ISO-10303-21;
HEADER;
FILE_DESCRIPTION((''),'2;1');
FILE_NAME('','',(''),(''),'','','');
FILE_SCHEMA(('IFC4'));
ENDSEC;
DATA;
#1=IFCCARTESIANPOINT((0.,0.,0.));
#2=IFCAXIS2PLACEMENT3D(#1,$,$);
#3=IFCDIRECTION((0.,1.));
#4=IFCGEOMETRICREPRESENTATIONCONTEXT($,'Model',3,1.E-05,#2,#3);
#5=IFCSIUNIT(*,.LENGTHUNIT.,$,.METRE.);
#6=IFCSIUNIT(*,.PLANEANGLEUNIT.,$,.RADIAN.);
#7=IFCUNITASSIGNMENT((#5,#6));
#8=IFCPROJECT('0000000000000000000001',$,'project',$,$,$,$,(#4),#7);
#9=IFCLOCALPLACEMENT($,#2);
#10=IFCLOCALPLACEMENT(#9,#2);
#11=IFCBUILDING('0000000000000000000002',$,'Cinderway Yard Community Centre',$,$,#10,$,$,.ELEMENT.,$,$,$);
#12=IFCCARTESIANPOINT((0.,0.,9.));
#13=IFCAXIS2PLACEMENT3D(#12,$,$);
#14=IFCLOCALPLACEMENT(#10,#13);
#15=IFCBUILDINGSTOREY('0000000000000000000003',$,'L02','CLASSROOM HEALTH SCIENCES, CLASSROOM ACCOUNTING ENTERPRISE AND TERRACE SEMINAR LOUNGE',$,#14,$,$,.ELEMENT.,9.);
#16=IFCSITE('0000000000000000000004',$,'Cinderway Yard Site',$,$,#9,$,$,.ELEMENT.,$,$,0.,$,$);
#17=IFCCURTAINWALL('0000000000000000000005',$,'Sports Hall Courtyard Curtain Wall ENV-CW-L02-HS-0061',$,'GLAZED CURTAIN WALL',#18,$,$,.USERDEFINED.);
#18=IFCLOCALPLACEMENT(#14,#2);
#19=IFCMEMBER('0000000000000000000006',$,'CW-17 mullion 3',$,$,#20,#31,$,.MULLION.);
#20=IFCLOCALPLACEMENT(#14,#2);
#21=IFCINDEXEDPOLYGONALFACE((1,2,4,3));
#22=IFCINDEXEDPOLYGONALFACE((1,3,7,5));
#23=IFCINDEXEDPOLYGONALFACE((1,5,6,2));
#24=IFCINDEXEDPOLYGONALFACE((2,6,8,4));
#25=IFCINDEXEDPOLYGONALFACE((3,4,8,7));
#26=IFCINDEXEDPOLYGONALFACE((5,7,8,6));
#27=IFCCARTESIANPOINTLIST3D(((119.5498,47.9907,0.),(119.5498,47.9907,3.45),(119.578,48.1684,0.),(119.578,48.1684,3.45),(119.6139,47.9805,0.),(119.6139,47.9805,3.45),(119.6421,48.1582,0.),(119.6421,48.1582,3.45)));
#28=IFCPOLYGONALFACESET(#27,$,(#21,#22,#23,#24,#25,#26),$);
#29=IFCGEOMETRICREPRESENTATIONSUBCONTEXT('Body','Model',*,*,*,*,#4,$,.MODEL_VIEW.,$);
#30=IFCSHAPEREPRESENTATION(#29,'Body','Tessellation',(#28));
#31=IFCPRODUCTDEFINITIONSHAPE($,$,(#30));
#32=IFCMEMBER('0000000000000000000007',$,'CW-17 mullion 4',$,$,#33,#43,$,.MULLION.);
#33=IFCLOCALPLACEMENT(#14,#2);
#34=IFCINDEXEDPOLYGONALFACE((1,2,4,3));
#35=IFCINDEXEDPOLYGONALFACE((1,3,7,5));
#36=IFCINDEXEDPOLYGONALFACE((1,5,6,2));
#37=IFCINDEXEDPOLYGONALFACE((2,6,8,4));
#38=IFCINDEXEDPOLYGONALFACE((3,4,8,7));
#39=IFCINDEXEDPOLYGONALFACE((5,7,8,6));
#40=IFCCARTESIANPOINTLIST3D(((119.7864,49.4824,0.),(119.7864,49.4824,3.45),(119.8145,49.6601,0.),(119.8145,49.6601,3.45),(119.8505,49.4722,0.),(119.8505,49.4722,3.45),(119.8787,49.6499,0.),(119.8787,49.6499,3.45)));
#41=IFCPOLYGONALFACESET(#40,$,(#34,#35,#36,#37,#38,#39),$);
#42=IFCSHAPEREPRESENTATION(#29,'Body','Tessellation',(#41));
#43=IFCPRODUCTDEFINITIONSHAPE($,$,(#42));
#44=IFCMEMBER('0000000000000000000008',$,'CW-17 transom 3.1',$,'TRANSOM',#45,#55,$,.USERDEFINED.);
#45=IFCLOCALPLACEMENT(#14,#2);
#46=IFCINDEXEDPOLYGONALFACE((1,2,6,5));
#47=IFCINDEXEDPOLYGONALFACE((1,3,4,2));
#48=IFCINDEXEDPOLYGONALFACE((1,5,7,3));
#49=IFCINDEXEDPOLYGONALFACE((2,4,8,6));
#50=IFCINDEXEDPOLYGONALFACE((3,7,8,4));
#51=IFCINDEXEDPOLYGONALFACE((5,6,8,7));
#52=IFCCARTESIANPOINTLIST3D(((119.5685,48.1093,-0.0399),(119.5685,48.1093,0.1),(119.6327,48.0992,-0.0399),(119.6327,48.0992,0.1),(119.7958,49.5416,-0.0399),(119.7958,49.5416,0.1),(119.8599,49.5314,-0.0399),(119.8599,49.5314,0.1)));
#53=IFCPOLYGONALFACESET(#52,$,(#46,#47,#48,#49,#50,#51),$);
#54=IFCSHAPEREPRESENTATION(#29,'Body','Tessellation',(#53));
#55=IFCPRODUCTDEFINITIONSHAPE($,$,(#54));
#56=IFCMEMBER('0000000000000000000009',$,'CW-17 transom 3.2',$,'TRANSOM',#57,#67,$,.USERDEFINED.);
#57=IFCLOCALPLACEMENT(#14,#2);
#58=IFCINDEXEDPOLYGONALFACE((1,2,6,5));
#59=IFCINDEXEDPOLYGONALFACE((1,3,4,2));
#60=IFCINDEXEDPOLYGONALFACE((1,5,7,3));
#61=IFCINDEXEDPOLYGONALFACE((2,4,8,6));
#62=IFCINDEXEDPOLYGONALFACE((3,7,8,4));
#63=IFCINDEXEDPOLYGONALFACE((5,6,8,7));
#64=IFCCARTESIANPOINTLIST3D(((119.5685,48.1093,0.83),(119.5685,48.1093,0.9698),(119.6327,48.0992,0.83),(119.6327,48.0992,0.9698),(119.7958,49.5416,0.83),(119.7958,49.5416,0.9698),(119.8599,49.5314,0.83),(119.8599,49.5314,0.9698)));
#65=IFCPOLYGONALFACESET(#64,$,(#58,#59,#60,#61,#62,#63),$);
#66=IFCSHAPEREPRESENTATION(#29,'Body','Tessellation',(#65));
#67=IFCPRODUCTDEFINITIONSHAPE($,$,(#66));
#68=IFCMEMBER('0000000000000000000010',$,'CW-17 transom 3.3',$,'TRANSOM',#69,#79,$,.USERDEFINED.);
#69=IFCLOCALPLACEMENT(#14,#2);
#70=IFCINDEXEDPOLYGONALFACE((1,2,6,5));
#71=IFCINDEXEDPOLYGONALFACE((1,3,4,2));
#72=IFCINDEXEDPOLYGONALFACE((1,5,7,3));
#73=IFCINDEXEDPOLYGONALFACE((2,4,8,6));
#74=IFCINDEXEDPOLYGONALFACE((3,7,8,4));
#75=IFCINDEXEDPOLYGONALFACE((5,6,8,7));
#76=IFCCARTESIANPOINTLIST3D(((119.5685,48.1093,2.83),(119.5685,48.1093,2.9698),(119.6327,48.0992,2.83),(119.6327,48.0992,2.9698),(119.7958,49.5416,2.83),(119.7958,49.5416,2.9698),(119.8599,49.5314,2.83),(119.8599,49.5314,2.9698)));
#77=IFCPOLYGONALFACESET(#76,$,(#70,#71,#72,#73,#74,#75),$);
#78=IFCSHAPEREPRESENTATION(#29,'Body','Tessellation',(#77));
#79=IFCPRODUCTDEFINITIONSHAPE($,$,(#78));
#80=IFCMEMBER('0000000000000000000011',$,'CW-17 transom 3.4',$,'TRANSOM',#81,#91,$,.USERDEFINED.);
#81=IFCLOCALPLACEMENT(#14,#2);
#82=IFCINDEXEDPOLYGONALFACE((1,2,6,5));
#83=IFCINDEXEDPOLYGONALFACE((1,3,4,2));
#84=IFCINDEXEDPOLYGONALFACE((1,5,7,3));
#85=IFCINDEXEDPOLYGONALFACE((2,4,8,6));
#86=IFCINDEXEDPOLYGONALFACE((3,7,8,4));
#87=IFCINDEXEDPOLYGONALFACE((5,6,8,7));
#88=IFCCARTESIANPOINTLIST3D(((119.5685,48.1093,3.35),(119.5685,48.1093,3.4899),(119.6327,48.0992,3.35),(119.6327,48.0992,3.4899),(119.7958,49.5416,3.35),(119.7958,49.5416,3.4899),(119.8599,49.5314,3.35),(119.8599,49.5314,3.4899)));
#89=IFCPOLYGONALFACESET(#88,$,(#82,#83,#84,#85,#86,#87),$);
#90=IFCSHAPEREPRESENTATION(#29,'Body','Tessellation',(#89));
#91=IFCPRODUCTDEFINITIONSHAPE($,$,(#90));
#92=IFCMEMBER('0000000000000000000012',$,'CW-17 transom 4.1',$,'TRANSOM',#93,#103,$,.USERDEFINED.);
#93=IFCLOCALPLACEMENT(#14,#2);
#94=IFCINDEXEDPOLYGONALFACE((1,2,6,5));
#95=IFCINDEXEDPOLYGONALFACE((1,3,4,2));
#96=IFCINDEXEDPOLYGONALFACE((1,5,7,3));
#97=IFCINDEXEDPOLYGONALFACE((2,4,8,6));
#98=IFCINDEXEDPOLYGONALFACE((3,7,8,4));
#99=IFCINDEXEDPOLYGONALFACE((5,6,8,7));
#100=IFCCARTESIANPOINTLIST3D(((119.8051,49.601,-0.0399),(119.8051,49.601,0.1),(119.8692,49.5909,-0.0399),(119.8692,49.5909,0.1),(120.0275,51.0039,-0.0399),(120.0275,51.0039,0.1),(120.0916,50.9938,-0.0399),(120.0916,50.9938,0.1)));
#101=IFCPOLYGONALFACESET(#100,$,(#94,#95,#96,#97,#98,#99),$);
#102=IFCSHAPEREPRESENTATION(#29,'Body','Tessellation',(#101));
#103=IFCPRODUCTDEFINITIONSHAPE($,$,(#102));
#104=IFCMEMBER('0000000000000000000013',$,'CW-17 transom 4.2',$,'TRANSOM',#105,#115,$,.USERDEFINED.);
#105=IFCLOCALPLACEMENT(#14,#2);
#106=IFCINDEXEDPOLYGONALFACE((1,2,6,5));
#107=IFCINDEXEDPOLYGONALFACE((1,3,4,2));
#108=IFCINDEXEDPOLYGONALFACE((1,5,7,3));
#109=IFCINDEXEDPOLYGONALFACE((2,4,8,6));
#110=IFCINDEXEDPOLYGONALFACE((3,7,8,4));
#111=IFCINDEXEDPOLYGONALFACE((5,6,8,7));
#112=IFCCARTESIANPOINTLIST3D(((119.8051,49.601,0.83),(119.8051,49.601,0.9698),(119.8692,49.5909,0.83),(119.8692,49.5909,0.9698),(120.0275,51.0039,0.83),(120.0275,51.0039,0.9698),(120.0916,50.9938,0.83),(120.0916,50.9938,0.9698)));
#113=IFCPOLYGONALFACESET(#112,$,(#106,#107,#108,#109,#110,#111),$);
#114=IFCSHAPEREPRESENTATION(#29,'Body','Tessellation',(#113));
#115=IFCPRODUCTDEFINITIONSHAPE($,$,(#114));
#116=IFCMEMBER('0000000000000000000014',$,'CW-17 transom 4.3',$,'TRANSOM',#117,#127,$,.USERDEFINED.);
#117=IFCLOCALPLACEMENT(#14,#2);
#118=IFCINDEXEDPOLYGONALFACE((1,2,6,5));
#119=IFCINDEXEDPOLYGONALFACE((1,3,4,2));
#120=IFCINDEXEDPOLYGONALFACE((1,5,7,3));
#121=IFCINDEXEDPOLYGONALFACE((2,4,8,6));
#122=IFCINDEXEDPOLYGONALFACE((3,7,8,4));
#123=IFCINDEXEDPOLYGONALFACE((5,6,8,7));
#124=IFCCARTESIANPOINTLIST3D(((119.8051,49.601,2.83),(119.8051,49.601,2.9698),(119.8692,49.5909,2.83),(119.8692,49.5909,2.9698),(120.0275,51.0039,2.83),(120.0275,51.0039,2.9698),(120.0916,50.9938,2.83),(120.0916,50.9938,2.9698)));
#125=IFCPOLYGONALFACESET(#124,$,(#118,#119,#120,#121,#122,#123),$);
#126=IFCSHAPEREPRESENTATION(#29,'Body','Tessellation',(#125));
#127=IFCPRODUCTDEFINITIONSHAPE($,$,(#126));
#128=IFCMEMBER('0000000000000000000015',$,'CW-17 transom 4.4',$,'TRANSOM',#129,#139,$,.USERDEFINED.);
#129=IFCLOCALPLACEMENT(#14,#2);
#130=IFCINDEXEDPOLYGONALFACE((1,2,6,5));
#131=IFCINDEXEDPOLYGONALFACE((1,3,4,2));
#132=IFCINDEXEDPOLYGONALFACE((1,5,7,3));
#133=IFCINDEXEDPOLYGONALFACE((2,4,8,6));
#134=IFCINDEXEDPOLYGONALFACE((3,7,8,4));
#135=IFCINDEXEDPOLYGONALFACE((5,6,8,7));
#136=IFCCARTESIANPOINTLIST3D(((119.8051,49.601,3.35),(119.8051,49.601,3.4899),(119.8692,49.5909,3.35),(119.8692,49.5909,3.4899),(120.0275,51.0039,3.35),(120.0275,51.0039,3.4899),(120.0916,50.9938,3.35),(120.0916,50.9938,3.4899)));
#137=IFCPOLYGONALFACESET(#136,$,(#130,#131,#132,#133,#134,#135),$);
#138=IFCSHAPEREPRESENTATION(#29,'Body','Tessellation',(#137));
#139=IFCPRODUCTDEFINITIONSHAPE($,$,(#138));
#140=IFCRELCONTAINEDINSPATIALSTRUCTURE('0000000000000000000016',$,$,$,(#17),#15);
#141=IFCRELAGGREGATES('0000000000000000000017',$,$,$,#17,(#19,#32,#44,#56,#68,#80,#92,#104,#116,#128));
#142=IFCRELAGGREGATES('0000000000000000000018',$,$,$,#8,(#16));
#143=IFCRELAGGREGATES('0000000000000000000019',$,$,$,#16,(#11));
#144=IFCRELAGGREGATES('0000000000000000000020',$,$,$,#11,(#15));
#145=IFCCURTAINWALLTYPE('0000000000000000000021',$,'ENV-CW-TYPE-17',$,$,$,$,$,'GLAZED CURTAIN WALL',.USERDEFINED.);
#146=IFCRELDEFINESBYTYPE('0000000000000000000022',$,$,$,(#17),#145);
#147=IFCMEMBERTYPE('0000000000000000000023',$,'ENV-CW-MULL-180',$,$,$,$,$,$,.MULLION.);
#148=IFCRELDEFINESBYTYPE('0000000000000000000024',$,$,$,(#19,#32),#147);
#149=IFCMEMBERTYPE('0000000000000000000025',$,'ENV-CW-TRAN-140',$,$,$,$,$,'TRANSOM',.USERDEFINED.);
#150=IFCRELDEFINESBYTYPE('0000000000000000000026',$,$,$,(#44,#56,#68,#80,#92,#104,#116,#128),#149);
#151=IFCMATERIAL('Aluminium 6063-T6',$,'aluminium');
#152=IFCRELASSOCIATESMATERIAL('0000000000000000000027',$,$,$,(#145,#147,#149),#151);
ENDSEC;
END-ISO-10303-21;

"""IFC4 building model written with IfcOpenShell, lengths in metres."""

from ifc_helpers import new_model, si_unit, direction, frame, origin, origin_2d, place, context, subcontext, project, spatial, rectangle, extrude, material, material_profile, profile_set, type_object, element, aggregate, save


model = new_model("IFC4")

# Units and contexts
model_context = context("Model", 3, precision=1e-05, world=origin(), true_north=direction((0.0, 1.0)))
body_context = subcontext(model_context, "Body", "Model", "MODEL_VIEW")
ifc_project = project(units=[si_unit("LENGTHUNIT", "METRE"), si_unit("PLANEANGLEUNIT", "RADIAN")], contexts=[model_context])

# Site, building, storey
site_placement = place(None, origin())
site = spatial("IfcSite", under=ifc_project, at=site_placement, Name="Cinderway Yard Site", CompositionType="ELEMENT", RefElevation=0.0)
building_placement = place(site_placement, origin())
building = spatial("IfcBuilding", under=site, at=building_placement, Name="Cinderway Yard Community Centre", CompositionType="ELEMENT")
storey_placement = place(building_placement, frame((0.0, 0.0, 9.0)))
storey = spatial("IfcBuildingStorey", under=building, at=storey_placement, Name="L02", Description="CLASSROOM HEALTH SCIENCES, CLASSROOM ACCOUNTING ENTERPRISE AND TERRACE SEMINAR LOUNGE", CompositionType="ELEMENT", Elevation=9.0)

# Curtain wall, members
ifc_material_1 = material(Name="Aluminium 6063-T6", Category="aluminium")
curtain_wall_type = type_object("IfcCurtainWallType", Name="ENV-CW-TYPE-17", ElementType="GLAZED CURTAIN WALL", PredefinedType="USERDEFINED", material=ifc_material_1)
curtain_wall_placement = place(storey_placement, origin())
curtain_wall = element("IfcCurtainWall", 1, at=curtain_wall_placement, inside=storey, type_object=curtain_wall_type, Name="Sports Hall Courtyard Curtain Wall ENV-CW-L02-HS-0061", ObjectType="GLAZED CURTAIN WALL", PredefinedType="USERDEFINED")
ifc_material_profile_1 = material_profile(ifc_material_1, rectangle(XDim=0.0649, YDim=0.1799, at=origin_2d()), Name="Aluminium 6063-T6")
ifc_profile_set_1 = profile_set([ifc_material_profile_1], Name="Aluminium 6063-T6")
member_type_1 = type_object("IfcMemberType", Name="ENV-CW-MULL-180", PredefinedType="MULLION", material=ifc_profile_set_1)
member_1_placement = place(storey_placement, frame((119.5959, 48.0745, 0.0), z_axis=(0.0, 0.0, 1.0), x_axis=(-0.987665, 0.156583, 0.0)))
member_1 = element("IfcMember", 2, at=member_1_placement, type_object=member_type_1, Name="CW-17 mullion 3", PredefinedType="MULLION", context=body_context, shape_type="SweptSolid", body=[
    extrude(rectangle(XDim=0.0649, YDim=0.1799, at=origin_2d()), origin(), (0.0, 0.0, 1.0), 3.45),
])
member_2_placement = place(storey_placement, frame((119.8325, 49.5662, 0.0), z_axis=(0.0, 0.0, 1.0), x_axis=(-0.987665, 0.156583, 0.0)))
member_2 = element("IfcMember", 3, at=member_2_placement, type_object=member_type_1, Name="CW-17 mullion 4", PredefinedType="MULLION", context=body_context, shape_type="SweptSolid", body=[
    extrude(rectangle(XDim=0.0649, YDim=0.1799, at=origin_2d()), origin(), (0.0, 0.0, 1.0), 3.45),
])
ifc_material_profile_2 = material_profile(ifc_material_1, rectangle(XDim=0.0649, YDim=0.1399, at=origin_2d()), Name="Aluminium 6063-T6")
ifc_profile_set_2 = profile_set([ifc_material_profile_2], Name="Aluminium 6063-T6")
member_type_2 = type_object("IfcMemberType", Name="ENV-CW-TRAN-140", ElementType="TRANSOM", PredefinedType="USERDEFINED", material=ifc_profile_set_2)
member_3_placement = place(storey_placement, frame((119.6006, 48.1042, 0.03), z_axis=(0.156723, 0.987643, 0.0), x_axis=(-0.987643, 0.156723, 0.0)))
member_3 = element("IfcMember", 4, at=member_3_placement, type_object=member_type_2, Name="CW-17 transom 3.1", ObjectType="TRANSOM", PredefinedType="USERDEFINED", context=body_context, shape_type="SweptSolid", body=[
    extrude(rectangle(XDim=0.0649, YDim=0.1399, at=origin_2d()), origin(), (0.0, 0.0, 1.0), 1.4502),
])
member_4_placement = place(storey_placement, frame((119.6006, 48.1042, 0.8999), z_axis=(0.156723, 0.987643, 0.0), x_axis=(-0.987643, 0.156723, 0.0)))
member_4 = element("IfcMember", 5, at=member_4_placement, type_object=member_type_2, Name="CW-17 transom 3.2", ObjectType="TRANSOM", PredefinedType="USERDEFINED", context=body_context, shape_type="SweptSolid", body=[
    extrude(rectangle(XDim=0.0649, YDim=0.1399, at=origin_2d()), origin(), (0.0, 0.0, 1.0), 1.4502),
])
member_5_placement = place(storey_placement, frame((119.6006, 48.1042, 2.8999), z_axis=(0.156723, 0.987643, 0.0), x_axis=(-0.987643, 0.156723, 0.0)))
member_5 = element("IfcMember", 6, at=member_5_placement, type_object=member_type_2, Name="CW-17 transom 3.3", ObjectType="TRANSOM", PredefinedType="USERDEFINED", context=body_context, shape_type="SweptSolid", body=[
    extrude(rectangle(XDim=0.0649, YDim=0.1399, at=origin_2d()), origin(), (0.0, 0.0, 1.0), 1.4502),
])
member_6_placement = place(storey_placement, frame((119.6006, 48.1042, 3.4199), z_axis=(0.156723, 0.987643, 0.0), x_axis=(-0.987643, 0.156723, 0.0)))
member_6 = element("IfcMember", 7, at=member_6_placement, type_object=member_type_2, Name="CW-17 transom 3.4", ObjectType="TRANSOM", PredefinedType="USERDEFINED", context=body_context, shape_type="SweptSolid", body=[
    extrude(rectangle(XDim=0.0649, YDim=0.1399, at=origin_2d()), origin(), (0.0, 0.0, 1.0), 1.4502),
])
member_7_placement = place(storey_placement, frame((119.8372, 49.5959, 0.03), z_axis=(0.156589, 0.987664, 0.0), x_axis=(-0.987664, 0.156589, 0.0)))
member_7 = element("IfcMember", 8, at=member_7_placement, type_object=member_type_2, Name="CW-17 transom 4.1", ObjectType="TRANSOM", PredefinedType="USERDEFINED", context=body_context, shape_type="SweptSolid", body=[
    extrude(rectangle(XDim=0.0649, YDim=0.1399, at=origin_2d()), origin(), (0.0, 0.0, 1.0), 1.4204),
])
member_8_placement = place(storey_placement, frame((119.8372, 49.5959, 0.8999), z_axis=(0.156589, 0.987664, 0.0), x_axis=(-0.987664, 0.156589, 0.0)))
member_8 = element("IfcMember", 9, at=member_8_placement, type_object=member_type_2, Name="CW-17 transom 4.2", ObjectType="TRANSOM", PredefinedType="USERDEFINED", context=body_context, shape_type="SweptSolid", body=[
    extrude(rectangle(XDim=0.0649, YDim=0.1399, at=origin_2d()), origin(), (0.0, 0.0, 1.0), 1.4204),
])
member_9_placement = place(storey_placement, frame((119.8372, 49.5959, 2.8999), z_axis=(0.156589, 0.987664, 0.0), x_axis=(-0.987664, 0.156589, 0.0)))
member_9 = element("IfcMember", 10, at=member_9_placement, type_object=member_type_2, Name="CW-17 transom 4.3", ObjectType="TRANSOM", PredefinedType="USERDEFINED", context=body_context, shape_type="SweptSolid", body=[
    extrude(rectangle(XDim=0.0649, YDim=0.1399, at=origin_2d()), origin(), (0.0, 0.0, 1.0), 1.4204),
])
member_10_placement = place(storey_placement, frame((119.8372, 49.5959, 3.4199), z_axis=(0.156589, 0.987664, 0.0), x_axis=(-0.987664, 0.156589, 0.0)))
member_10 = element("IfcMember", 11, at=member_10_placement, type_object=member_type_2, Name="CW-17 transom 4.4", ObjectType="TRANSOM", PredefinedType="USERDEFINED", context=body_context, shape_type="SweptSolid", body=[
    extrude(rectangle(XDim=0.0649, YDim=0.1399, at=origin_2d()), origin(), (0.0, 0.0, 1.0), 1.4204),
])

aggregate(curtain_wall, [member_1, member_2, member_3, member_4, member_5, member_6, member_7, member_8, member_9, member_10])

save(model, "model.ifc")
